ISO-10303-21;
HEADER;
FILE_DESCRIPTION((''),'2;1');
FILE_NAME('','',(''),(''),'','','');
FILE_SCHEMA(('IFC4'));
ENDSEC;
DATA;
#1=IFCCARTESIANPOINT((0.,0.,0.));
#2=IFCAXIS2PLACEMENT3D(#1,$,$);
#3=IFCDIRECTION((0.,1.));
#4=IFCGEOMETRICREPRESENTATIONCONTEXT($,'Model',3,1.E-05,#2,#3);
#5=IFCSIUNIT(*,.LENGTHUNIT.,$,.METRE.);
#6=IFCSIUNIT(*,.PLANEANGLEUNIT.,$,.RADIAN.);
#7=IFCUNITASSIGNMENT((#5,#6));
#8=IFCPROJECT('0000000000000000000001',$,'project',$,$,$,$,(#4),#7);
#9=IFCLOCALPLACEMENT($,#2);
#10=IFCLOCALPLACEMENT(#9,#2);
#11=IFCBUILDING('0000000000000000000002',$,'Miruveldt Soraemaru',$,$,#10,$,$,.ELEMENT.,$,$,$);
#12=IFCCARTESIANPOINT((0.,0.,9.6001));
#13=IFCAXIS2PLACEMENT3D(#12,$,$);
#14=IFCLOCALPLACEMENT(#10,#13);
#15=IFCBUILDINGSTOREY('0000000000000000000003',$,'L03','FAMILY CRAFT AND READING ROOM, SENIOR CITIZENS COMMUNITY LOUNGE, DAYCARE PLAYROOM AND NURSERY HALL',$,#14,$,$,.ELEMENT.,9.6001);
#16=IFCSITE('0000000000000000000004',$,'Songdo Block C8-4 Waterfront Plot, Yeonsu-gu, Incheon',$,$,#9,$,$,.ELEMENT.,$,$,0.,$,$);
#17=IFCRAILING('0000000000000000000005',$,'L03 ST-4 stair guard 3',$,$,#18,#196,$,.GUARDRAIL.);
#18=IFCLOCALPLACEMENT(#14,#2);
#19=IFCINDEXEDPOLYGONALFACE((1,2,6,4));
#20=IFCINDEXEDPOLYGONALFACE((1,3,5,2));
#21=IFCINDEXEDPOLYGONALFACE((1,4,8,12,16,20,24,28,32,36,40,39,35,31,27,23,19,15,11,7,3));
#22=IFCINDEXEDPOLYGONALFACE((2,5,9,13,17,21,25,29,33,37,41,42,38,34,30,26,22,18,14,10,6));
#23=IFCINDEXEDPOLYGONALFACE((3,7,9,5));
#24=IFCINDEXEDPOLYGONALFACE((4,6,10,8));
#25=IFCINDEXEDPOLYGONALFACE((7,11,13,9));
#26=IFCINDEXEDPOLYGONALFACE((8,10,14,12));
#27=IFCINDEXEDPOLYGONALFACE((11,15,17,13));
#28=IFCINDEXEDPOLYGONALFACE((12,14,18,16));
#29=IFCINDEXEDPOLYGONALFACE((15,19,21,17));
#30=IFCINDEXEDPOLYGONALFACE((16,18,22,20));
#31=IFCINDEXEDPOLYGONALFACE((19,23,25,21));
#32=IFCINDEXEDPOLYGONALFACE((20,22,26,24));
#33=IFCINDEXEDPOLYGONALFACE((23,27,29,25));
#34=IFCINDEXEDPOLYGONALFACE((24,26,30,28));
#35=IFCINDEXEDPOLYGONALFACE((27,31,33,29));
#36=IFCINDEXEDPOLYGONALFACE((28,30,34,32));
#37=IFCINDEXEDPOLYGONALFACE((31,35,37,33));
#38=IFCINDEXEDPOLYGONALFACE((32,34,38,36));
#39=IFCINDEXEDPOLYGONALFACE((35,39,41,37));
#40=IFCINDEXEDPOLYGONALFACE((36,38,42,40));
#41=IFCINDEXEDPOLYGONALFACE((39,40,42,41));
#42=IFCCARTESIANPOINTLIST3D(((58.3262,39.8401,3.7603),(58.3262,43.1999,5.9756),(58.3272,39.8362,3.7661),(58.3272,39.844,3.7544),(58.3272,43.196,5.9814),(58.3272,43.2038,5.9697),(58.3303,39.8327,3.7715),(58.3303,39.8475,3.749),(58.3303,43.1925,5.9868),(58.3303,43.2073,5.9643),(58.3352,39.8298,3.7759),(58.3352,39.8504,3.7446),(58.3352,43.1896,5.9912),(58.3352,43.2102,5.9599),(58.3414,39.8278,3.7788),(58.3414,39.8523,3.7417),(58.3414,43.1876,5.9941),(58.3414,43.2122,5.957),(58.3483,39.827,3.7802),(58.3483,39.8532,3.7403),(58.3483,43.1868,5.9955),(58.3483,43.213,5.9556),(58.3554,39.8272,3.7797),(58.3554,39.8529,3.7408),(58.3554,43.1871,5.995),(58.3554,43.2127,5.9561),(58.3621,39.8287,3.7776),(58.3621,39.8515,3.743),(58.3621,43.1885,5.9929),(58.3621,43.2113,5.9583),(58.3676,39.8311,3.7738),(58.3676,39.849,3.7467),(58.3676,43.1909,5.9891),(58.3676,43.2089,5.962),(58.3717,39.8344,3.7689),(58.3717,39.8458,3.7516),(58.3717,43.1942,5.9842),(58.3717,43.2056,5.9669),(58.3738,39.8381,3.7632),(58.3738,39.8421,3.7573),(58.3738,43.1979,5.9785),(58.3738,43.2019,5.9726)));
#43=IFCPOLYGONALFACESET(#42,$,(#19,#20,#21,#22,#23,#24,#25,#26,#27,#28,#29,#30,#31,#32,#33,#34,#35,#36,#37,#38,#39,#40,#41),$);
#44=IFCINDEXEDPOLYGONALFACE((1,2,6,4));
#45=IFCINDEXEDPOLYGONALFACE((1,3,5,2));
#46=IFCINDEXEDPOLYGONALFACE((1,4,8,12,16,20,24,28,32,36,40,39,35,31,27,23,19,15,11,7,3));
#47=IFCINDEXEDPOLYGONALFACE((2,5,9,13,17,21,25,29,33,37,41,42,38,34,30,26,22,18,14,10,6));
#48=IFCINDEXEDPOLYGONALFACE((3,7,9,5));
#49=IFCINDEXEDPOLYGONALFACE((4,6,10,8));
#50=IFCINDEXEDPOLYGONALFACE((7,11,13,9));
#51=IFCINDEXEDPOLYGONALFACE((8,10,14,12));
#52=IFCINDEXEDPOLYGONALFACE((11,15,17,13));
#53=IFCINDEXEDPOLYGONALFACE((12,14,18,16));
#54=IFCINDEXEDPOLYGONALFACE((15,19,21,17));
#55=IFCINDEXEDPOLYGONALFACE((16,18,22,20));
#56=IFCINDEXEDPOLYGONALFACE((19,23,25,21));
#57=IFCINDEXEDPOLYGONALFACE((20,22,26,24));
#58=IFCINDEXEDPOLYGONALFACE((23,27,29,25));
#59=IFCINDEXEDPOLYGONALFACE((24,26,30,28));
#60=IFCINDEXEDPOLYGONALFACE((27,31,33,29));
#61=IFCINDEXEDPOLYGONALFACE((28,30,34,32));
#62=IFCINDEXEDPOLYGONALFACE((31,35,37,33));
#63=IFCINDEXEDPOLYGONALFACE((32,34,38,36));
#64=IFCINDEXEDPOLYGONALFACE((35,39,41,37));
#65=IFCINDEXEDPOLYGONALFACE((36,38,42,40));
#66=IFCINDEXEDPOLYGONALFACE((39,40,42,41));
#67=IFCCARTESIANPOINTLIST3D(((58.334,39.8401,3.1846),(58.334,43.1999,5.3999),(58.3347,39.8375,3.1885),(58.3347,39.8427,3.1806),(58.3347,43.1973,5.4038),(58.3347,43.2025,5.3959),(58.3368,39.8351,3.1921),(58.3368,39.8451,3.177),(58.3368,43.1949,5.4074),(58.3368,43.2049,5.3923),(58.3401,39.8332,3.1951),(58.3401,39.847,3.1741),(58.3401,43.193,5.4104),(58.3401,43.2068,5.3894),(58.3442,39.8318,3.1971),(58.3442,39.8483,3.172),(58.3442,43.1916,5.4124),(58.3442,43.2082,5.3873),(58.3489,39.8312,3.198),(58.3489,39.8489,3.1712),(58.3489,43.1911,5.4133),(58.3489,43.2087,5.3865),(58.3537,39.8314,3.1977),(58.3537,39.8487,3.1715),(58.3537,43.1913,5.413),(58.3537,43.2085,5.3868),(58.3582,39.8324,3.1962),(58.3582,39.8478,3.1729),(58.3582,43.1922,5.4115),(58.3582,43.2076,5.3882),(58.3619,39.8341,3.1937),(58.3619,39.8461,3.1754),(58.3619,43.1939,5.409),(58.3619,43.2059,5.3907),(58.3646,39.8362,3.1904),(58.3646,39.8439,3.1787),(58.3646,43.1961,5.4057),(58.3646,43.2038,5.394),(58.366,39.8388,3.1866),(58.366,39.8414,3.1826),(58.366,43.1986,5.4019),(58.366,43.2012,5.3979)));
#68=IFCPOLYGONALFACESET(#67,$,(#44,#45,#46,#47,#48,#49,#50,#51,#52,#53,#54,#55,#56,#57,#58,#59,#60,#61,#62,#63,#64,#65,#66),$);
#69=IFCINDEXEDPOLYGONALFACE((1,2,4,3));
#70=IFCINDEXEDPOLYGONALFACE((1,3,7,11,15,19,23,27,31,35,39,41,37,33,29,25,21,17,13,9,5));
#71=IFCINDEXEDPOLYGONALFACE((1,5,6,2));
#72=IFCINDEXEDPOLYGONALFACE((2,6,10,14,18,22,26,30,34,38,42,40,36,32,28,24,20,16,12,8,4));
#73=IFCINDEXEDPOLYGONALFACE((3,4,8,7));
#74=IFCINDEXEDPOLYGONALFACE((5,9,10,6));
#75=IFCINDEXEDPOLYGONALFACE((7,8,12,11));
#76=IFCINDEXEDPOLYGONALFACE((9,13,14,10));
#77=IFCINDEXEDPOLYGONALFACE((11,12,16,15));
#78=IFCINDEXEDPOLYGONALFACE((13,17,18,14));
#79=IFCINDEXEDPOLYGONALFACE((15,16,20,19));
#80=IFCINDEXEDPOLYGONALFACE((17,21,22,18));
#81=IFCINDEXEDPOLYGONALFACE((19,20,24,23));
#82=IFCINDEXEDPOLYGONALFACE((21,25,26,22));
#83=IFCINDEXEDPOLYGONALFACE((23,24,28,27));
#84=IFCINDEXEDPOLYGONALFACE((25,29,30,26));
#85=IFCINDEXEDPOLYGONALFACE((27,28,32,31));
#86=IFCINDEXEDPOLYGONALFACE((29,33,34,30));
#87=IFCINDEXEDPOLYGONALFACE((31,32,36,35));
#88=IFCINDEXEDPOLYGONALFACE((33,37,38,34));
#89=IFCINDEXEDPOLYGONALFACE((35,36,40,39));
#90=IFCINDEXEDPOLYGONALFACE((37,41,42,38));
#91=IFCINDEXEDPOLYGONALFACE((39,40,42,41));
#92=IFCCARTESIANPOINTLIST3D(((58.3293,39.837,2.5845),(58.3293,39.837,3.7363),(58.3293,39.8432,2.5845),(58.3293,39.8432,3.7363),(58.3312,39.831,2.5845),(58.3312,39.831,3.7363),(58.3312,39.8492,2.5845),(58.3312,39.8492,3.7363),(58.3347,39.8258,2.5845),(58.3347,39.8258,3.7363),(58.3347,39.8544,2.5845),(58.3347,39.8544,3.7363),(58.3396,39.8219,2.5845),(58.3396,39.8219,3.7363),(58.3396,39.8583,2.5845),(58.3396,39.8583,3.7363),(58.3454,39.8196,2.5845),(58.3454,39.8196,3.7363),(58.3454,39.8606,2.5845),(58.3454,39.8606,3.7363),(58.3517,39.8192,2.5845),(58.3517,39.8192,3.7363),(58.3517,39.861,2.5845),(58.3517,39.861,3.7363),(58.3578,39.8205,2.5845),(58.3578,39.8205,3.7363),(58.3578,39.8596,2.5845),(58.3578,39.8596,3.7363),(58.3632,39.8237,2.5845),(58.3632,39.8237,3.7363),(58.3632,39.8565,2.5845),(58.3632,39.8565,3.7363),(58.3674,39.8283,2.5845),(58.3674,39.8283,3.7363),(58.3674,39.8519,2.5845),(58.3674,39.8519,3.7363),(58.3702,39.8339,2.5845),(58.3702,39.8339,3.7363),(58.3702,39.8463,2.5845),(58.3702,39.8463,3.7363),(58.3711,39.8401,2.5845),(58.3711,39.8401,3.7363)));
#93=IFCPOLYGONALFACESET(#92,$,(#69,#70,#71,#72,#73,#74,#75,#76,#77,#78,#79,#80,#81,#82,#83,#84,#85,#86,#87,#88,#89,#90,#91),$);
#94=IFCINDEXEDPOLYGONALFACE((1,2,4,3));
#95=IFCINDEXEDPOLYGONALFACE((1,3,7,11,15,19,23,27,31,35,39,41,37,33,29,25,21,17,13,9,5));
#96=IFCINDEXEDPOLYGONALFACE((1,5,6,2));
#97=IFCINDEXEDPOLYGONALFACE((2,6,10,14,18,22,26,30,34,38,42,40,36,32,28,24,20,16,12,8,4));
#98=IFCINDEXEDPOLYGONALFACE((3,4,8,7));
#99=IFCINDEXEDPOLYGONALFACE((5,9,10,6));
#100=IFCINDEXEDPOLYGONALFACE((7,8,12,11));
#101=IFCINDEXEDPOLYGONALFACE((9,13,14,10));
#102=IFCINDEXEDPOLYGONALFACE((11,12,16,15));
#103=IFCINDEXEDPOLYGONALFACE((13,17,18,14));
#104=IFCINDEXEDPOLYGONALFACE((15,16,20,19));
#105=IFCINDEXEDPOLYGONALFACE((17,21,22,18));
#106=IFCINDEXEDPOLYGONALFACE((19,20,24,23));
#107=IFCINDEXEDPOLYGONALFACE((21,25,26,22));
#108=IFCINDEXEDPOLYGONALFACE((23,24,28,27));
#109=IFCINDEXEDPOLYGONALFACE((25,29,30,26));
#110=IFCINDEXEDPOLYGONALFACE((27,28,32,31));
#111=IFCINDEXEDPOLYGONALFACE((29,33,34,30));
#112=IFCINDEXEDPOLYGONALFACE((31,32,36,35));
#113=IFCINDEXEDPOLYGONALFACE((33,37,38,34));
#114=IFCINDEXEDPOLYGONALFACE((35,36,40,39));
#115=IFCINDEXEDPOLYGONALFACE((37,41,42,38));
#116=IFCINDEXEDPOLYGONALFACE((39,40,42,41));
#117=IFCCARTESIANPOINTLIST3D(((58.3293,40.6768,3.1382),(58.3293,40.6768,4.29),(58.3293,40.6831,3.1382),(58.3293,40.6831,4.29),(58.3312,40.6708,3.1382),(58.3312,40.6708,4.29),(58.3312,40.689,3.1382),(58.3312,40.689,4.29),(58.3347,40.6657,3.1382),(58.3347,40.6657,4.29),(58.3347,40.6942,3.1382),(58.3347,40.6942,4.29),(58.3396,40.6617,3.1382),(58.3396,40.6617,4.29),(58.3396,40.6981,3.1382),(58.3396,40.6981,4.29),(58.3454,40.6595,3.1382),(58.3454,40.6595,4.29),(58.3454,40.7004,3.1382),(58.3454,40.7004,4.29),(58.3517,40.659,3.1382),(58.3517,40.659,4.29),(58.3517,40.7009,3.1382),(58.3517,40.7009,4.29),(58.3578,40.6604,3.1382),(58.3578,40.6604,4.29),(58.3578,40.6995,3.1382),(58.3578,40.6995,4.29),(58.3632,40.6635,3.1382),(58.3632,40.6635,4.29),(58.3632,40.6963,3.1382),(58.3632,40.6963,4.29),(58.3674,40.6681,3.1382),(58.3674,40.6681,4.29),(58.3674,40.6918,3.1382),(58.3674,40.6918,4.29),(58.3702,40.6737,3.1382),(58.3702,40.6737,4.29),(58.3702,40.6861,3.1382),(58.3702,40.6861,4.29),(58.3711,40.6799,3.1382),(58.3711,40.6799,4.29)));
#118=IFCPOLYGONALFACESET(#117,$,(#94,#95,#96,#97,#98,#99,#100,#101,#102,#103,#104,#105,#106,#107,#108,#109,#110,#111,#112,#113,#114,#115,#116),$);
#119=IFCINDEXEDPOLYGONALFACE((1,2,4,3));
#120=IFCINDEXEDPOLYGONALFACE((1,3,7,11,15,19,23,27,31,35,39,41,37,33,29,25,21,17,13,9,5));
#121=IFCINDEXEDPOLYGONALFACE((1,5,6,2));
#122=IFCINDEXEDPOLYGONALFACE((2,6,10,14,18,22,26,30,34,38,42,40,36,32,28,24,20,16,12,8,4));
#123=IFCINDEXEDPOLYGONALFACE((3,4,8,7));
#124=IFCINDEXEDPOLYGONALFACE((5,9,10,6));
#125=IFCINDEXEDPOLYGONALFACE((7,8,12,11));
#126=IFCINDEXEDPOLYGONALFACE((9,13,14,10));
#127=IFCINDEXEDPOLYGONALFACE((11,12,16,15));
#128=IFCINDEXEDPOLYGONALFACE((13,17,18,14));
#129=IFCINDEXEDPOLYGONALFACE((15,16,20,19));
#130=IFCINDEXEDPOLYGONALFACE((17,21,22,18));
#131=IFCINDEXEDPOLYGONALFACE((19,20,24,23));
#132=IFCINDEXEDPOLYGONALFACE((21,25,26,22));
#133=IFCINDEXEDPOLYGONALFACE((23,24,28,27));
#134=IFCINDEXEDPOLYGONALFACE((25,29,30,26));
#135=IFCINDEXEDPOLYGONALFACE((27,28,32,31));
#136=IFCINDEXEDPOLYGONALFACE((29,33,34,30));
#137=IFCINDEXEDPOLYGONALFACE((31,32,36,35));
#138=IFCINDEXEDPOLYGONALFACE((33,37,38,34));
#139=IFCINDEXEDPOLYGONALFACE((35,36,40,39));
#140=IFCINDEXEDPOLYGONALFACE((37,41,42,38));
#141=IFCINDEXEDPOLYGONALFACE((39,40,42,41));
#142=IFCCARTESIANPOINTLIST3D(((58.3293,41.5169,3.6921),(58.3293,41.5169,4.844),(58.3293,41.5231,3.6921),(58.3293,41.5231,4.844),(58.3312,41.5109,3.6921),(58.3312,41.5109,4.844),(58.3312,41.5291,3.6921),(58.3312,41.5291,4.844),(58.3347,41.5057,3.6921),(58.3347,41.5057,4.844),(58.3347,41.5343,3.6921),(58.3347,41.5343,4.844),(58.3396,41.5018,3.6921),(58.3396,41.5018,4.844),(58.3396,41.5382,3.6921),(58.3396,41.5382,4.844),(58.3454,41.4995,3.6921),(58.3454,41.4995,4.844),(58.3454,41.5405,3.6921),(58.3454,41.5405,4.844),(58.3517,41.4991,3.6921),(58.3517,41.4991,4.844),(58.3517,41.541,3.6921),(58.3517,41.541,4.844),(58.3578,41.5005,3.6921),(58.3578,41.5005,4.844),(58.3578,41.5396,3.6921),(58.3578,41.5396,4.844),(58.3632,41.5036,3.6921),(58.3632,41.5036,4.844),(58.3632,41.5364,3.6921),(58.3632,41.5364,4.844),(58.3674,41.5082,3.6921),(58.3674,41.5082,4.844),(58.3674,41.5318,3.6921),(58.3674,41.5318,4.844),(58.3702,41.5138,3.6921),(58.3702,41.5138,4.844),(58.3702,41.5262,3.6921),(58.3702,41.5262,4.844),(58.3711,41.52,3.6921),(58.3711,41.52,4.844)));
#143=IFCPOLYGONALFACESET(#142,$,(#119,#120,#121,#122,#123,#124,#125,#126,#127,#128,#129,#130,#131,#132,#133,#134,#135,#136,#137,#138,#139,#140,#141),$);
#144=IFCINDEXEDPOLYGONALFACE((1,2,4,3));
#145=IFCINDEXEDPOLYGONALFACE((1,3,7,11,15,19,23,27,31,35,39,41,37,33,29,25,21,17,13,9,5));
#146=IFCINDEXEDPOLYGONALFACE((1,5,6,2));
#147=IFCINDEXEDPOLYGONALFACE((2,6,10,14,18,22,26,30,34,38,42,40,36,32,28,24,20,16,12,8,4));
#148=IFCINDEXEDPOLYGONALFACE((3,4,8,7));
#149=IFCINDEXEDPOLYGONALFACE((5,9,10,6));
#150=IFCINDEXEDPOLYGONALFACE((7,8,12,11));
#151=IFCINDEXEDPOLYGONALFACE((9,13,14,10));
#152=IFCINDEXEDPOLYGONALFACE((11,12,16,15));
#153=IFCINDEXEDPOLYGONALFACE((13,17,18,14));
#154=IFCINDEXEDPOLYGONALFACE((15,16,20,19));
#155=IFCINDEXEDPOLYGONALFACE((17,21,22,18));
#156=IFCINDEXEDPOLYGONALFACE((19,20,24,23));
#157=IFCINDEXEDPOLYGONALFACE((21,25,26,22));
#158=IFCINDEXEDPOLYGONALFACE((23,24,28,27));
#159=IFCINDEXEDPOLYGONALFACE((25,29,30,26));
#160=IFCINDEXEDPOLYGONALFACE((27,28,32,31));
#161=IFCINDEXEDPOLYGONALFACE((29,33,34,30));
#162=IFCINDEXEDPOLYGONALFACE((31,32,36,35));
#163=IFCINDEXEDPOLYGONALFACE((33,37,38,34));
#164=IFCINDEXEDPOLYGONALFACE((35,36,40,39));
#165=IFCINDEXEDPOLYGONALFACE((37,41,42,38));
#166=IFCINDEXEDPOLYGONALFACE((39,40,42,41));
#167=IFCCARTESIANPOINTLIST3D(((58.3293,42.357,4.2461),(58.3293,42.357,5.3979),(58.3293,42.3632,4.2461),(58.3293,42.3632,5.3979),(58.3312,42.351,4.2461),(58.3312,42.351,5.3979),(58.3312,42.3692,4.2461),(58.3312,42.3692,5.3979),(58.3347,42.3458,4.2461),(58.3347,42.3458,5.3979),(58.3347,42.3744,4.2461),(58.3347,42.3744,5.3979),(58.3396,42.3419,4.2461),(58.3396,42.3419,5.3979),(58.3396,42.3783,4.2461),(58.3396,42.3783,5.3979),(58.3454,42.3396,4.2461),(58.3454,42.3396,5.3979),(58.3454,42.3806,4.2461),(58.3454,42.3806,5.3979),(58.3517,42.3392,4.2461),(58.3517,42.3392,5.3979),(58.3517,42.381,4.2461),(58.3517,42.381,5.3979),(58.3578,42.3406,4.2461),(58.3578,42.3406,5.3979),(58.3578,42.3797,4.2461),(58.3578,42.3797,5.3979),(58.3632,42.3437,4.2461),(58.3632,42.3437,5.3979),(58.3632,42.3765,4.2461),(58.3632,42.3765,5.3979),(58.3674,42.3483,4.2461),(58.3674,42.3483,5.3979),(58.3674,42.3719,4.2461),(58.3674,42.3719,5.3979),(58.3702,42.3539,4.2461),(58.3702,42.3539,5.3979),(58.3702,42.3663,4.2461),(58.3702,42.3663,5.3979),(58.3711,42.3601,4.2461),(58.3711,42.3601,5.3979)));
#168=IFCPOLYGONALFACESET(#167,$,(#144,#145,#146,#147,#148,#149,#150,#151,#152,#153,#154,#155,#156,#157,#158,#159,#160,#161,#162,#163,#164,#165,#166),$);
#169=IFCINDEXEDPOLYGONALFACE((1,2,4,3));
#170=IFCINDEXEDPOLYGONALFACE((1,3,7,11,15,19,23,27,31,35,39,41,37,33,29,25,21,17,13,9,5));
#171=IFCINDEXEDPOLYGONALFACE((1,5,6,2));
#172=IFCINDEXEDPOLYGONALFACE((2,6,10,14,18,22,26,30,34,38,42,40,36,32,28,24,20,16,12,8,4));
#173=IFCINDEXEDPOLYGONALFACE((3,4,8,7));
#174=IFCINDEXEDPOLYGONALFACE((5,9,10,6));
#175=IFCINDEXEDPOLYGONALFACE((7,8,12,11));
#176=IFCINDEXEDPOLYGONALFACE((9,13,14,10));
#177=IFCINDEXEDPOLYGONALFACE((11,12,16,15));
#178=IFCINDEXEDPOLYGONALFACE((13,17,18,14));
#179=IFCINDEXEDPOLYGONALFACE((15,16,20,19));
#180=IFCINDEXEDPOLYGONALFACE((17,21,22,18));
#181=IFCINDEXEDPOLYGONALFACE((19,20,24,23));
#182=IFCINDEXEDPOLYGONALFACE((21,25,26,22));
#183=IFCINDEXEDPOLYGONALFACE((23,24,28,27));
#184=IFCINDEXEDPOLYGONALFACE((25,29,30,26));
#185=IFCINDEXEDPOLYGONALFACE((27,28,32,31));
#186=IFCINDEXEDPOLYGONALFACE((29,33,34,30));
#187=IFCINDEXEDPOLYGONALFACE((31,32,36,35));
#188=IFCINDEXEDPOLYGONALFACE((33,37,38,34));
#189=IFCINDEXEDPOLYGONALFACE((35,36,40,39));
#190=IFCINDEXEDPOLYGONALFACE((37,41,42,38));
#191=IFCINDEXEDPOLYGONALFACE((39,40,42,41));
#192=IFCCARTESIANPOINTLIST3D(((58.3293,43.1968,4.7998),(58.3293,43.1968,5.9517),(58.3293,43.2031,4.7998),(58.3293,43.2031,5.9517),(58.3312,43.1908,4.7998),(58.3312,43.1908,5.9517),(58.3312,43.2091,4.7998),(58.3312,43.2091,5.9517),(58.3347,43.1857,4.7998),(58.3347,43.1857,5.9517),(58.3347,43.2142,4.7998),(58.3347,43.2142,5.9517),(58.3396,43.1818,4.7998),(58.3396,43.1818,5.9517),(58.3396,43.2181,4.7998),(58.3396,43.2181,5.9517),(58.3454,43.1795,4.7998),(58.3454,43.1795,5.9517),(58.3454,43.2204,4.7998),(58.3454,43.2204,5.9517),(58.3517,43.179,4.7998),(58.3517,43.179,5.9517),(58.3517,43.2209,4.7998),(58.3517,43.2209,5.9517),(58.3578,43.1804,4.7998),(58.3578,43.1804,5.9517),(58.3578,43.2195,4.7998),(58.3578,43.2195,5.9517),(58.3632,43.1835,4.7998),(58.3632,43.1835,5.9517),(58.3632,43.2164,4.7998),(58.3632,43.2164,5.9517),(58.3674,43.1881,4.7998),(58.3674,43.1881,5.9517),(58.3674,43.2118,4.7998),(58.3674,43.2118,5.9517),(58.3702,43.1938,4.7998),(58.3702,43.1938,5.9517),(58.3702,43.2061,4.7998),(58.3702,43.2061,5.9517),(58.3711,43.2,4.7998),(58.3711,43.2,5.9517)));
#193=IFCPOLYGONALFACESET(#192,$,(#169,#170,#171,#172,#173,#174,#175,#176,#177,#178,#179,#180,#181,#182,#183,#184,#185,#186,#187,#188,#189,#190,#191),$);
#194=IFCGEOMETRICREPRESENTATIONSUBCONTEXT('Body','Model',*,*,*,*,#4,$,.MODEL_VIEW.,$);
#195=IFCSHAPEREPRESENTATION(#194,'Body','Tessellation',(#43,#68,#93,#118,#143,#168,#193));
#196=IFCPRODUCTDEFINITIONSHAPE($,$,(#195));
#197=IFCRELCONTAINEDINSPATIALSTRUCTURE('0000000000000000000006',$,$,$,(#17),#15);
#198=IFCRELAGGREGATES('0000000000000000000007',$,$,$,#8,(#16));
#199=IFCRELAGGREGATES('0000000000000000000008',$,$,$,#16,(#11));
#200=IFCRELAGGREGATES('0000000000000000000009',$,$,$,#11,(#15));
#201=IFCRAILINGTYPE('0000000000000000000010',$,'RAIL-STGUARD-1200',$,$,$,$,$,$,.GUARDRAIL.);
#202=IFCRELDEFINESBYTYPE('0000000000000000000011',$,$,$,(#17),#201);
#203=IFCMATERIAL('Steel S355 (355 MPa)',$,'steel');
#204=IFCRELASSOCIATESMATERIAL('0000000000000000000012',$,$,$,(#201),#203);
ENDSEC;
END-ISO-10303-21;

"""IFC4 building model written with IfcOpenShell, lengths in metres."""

from ifc_helpers import new_model, si_unit, direction, frame, origin, origin_2d, place, context, subcontext, project, spatial, circle, extrude, material, type_object, element, save


model = new_model("IFC4")

# Units and contexts
model_context = context("Model", 3, precision=1e-05, world=origin(), true_north=direction((0.0, 1.0)))
body_context = subcontext(model_context, "Body", "Model", "MODEL_VIEW")
ifc_project = project(units=[si_unit("LENGTHUNIT", "METRE"), si_unit("PLANEANGLEUNIT", "RADIAN")], contexts=[model_context])

# Site, building, storey
site_placement = place(None, origin())
site = spatial("IfcSite", under=ifc_project, at=site_placement, Name="Songdo Block C8-4 Waterfront Plot, Yeonsu-gu, Incheon", CompositionType="ELEMENT", RefElevation=0.0)
building_placement = place(site_placement, origin())
building = spatial("IfcBuilding", under=site, at=building_placement, Name="Miruveldt Soraemaru", CompositionType="ELEMENT")
storey_placement = place(building_placement, frame((0.0, 0.0, 9.6001)))
storey = spatial("IfcBuildingStorey", under=building, at=storey_placement, Name="L03", Description="FAMILY CRAFT AND READING ROOM, SENIOR CITIZENS COMMUNITY LOUNGE, DAYCARE PLAYROOM AND NURSERY HALL", CompositionType="ELEMENT", Elevation=9.6001)

# Shared definitions
ifc_material_1 = material(Name="Steel S355 (355 MPa)", Category="steel")

# Railing
railing_type_1 = type_object("IfcRailingType", Name="RAIL-STGUARD-1200", PredefinedType="GUARDRAIL", material=ifc_material_1)
railing_1_placement = place(storey_placement, frame((58.3501, 39.8401, 2.5845)))
element("IfcRailing", 1, at=railing_1_placement, inside=storey, type_object=railing_type_1, Name="L03 ST-4 stair guard 3", PredefinedType="GUARDRAIL", context=body_context, shape_type="SweptSolid", body=[
    extrude(circle(Radius=0.0239, at=origin_2d()), frame((0.0, 0.0, 1.1758), z_axis=(0.0, 0.834858, 0.550465), x_axis=(-1.0, 0.0, 0.0)), (0.0, 0.0, 1.0), 4.0244),
    extrude(circle(Radius=0.0161, at=origin_2d()), frame((0.0, 0.0, 0.6001), z_axis=(0.0, 0.834858, 0.550465), x_axis=(-1.0, 0.0, 0.0)), (0.0, 0.0, 1.0), 4.0244),
    extrude(circle(Radius=0.021, at=origin_2d()), origin(), (0.0, 0.0, 1.0), 1.1519),
    extrude(circle(Radius=0.021, at=origin_2d()), frame((0.0, 0.8398, 0.5537)), (0.0, 0.0, 1.0), 1.1519),
    extrude(circle(Radius=0.021, at=origin_2d()), frame((0.0, 1.6799, 1.1077)), (0.0, 0.0, 1.0), 1.1519),
    extrude(circle(Radius=0.021, at=origin_2d()), frame((0.0, 2.52, 1.6616)), (0.0, 0.0, 1.0), 1.1519),
    extrude(circle(Radius=0.021, at=origin_2d()), frame((0.0, 3.3599, 2.2153)), (0.0, 0.0, 1.0), 1.1519),
])

save(model, "model.ifc")
